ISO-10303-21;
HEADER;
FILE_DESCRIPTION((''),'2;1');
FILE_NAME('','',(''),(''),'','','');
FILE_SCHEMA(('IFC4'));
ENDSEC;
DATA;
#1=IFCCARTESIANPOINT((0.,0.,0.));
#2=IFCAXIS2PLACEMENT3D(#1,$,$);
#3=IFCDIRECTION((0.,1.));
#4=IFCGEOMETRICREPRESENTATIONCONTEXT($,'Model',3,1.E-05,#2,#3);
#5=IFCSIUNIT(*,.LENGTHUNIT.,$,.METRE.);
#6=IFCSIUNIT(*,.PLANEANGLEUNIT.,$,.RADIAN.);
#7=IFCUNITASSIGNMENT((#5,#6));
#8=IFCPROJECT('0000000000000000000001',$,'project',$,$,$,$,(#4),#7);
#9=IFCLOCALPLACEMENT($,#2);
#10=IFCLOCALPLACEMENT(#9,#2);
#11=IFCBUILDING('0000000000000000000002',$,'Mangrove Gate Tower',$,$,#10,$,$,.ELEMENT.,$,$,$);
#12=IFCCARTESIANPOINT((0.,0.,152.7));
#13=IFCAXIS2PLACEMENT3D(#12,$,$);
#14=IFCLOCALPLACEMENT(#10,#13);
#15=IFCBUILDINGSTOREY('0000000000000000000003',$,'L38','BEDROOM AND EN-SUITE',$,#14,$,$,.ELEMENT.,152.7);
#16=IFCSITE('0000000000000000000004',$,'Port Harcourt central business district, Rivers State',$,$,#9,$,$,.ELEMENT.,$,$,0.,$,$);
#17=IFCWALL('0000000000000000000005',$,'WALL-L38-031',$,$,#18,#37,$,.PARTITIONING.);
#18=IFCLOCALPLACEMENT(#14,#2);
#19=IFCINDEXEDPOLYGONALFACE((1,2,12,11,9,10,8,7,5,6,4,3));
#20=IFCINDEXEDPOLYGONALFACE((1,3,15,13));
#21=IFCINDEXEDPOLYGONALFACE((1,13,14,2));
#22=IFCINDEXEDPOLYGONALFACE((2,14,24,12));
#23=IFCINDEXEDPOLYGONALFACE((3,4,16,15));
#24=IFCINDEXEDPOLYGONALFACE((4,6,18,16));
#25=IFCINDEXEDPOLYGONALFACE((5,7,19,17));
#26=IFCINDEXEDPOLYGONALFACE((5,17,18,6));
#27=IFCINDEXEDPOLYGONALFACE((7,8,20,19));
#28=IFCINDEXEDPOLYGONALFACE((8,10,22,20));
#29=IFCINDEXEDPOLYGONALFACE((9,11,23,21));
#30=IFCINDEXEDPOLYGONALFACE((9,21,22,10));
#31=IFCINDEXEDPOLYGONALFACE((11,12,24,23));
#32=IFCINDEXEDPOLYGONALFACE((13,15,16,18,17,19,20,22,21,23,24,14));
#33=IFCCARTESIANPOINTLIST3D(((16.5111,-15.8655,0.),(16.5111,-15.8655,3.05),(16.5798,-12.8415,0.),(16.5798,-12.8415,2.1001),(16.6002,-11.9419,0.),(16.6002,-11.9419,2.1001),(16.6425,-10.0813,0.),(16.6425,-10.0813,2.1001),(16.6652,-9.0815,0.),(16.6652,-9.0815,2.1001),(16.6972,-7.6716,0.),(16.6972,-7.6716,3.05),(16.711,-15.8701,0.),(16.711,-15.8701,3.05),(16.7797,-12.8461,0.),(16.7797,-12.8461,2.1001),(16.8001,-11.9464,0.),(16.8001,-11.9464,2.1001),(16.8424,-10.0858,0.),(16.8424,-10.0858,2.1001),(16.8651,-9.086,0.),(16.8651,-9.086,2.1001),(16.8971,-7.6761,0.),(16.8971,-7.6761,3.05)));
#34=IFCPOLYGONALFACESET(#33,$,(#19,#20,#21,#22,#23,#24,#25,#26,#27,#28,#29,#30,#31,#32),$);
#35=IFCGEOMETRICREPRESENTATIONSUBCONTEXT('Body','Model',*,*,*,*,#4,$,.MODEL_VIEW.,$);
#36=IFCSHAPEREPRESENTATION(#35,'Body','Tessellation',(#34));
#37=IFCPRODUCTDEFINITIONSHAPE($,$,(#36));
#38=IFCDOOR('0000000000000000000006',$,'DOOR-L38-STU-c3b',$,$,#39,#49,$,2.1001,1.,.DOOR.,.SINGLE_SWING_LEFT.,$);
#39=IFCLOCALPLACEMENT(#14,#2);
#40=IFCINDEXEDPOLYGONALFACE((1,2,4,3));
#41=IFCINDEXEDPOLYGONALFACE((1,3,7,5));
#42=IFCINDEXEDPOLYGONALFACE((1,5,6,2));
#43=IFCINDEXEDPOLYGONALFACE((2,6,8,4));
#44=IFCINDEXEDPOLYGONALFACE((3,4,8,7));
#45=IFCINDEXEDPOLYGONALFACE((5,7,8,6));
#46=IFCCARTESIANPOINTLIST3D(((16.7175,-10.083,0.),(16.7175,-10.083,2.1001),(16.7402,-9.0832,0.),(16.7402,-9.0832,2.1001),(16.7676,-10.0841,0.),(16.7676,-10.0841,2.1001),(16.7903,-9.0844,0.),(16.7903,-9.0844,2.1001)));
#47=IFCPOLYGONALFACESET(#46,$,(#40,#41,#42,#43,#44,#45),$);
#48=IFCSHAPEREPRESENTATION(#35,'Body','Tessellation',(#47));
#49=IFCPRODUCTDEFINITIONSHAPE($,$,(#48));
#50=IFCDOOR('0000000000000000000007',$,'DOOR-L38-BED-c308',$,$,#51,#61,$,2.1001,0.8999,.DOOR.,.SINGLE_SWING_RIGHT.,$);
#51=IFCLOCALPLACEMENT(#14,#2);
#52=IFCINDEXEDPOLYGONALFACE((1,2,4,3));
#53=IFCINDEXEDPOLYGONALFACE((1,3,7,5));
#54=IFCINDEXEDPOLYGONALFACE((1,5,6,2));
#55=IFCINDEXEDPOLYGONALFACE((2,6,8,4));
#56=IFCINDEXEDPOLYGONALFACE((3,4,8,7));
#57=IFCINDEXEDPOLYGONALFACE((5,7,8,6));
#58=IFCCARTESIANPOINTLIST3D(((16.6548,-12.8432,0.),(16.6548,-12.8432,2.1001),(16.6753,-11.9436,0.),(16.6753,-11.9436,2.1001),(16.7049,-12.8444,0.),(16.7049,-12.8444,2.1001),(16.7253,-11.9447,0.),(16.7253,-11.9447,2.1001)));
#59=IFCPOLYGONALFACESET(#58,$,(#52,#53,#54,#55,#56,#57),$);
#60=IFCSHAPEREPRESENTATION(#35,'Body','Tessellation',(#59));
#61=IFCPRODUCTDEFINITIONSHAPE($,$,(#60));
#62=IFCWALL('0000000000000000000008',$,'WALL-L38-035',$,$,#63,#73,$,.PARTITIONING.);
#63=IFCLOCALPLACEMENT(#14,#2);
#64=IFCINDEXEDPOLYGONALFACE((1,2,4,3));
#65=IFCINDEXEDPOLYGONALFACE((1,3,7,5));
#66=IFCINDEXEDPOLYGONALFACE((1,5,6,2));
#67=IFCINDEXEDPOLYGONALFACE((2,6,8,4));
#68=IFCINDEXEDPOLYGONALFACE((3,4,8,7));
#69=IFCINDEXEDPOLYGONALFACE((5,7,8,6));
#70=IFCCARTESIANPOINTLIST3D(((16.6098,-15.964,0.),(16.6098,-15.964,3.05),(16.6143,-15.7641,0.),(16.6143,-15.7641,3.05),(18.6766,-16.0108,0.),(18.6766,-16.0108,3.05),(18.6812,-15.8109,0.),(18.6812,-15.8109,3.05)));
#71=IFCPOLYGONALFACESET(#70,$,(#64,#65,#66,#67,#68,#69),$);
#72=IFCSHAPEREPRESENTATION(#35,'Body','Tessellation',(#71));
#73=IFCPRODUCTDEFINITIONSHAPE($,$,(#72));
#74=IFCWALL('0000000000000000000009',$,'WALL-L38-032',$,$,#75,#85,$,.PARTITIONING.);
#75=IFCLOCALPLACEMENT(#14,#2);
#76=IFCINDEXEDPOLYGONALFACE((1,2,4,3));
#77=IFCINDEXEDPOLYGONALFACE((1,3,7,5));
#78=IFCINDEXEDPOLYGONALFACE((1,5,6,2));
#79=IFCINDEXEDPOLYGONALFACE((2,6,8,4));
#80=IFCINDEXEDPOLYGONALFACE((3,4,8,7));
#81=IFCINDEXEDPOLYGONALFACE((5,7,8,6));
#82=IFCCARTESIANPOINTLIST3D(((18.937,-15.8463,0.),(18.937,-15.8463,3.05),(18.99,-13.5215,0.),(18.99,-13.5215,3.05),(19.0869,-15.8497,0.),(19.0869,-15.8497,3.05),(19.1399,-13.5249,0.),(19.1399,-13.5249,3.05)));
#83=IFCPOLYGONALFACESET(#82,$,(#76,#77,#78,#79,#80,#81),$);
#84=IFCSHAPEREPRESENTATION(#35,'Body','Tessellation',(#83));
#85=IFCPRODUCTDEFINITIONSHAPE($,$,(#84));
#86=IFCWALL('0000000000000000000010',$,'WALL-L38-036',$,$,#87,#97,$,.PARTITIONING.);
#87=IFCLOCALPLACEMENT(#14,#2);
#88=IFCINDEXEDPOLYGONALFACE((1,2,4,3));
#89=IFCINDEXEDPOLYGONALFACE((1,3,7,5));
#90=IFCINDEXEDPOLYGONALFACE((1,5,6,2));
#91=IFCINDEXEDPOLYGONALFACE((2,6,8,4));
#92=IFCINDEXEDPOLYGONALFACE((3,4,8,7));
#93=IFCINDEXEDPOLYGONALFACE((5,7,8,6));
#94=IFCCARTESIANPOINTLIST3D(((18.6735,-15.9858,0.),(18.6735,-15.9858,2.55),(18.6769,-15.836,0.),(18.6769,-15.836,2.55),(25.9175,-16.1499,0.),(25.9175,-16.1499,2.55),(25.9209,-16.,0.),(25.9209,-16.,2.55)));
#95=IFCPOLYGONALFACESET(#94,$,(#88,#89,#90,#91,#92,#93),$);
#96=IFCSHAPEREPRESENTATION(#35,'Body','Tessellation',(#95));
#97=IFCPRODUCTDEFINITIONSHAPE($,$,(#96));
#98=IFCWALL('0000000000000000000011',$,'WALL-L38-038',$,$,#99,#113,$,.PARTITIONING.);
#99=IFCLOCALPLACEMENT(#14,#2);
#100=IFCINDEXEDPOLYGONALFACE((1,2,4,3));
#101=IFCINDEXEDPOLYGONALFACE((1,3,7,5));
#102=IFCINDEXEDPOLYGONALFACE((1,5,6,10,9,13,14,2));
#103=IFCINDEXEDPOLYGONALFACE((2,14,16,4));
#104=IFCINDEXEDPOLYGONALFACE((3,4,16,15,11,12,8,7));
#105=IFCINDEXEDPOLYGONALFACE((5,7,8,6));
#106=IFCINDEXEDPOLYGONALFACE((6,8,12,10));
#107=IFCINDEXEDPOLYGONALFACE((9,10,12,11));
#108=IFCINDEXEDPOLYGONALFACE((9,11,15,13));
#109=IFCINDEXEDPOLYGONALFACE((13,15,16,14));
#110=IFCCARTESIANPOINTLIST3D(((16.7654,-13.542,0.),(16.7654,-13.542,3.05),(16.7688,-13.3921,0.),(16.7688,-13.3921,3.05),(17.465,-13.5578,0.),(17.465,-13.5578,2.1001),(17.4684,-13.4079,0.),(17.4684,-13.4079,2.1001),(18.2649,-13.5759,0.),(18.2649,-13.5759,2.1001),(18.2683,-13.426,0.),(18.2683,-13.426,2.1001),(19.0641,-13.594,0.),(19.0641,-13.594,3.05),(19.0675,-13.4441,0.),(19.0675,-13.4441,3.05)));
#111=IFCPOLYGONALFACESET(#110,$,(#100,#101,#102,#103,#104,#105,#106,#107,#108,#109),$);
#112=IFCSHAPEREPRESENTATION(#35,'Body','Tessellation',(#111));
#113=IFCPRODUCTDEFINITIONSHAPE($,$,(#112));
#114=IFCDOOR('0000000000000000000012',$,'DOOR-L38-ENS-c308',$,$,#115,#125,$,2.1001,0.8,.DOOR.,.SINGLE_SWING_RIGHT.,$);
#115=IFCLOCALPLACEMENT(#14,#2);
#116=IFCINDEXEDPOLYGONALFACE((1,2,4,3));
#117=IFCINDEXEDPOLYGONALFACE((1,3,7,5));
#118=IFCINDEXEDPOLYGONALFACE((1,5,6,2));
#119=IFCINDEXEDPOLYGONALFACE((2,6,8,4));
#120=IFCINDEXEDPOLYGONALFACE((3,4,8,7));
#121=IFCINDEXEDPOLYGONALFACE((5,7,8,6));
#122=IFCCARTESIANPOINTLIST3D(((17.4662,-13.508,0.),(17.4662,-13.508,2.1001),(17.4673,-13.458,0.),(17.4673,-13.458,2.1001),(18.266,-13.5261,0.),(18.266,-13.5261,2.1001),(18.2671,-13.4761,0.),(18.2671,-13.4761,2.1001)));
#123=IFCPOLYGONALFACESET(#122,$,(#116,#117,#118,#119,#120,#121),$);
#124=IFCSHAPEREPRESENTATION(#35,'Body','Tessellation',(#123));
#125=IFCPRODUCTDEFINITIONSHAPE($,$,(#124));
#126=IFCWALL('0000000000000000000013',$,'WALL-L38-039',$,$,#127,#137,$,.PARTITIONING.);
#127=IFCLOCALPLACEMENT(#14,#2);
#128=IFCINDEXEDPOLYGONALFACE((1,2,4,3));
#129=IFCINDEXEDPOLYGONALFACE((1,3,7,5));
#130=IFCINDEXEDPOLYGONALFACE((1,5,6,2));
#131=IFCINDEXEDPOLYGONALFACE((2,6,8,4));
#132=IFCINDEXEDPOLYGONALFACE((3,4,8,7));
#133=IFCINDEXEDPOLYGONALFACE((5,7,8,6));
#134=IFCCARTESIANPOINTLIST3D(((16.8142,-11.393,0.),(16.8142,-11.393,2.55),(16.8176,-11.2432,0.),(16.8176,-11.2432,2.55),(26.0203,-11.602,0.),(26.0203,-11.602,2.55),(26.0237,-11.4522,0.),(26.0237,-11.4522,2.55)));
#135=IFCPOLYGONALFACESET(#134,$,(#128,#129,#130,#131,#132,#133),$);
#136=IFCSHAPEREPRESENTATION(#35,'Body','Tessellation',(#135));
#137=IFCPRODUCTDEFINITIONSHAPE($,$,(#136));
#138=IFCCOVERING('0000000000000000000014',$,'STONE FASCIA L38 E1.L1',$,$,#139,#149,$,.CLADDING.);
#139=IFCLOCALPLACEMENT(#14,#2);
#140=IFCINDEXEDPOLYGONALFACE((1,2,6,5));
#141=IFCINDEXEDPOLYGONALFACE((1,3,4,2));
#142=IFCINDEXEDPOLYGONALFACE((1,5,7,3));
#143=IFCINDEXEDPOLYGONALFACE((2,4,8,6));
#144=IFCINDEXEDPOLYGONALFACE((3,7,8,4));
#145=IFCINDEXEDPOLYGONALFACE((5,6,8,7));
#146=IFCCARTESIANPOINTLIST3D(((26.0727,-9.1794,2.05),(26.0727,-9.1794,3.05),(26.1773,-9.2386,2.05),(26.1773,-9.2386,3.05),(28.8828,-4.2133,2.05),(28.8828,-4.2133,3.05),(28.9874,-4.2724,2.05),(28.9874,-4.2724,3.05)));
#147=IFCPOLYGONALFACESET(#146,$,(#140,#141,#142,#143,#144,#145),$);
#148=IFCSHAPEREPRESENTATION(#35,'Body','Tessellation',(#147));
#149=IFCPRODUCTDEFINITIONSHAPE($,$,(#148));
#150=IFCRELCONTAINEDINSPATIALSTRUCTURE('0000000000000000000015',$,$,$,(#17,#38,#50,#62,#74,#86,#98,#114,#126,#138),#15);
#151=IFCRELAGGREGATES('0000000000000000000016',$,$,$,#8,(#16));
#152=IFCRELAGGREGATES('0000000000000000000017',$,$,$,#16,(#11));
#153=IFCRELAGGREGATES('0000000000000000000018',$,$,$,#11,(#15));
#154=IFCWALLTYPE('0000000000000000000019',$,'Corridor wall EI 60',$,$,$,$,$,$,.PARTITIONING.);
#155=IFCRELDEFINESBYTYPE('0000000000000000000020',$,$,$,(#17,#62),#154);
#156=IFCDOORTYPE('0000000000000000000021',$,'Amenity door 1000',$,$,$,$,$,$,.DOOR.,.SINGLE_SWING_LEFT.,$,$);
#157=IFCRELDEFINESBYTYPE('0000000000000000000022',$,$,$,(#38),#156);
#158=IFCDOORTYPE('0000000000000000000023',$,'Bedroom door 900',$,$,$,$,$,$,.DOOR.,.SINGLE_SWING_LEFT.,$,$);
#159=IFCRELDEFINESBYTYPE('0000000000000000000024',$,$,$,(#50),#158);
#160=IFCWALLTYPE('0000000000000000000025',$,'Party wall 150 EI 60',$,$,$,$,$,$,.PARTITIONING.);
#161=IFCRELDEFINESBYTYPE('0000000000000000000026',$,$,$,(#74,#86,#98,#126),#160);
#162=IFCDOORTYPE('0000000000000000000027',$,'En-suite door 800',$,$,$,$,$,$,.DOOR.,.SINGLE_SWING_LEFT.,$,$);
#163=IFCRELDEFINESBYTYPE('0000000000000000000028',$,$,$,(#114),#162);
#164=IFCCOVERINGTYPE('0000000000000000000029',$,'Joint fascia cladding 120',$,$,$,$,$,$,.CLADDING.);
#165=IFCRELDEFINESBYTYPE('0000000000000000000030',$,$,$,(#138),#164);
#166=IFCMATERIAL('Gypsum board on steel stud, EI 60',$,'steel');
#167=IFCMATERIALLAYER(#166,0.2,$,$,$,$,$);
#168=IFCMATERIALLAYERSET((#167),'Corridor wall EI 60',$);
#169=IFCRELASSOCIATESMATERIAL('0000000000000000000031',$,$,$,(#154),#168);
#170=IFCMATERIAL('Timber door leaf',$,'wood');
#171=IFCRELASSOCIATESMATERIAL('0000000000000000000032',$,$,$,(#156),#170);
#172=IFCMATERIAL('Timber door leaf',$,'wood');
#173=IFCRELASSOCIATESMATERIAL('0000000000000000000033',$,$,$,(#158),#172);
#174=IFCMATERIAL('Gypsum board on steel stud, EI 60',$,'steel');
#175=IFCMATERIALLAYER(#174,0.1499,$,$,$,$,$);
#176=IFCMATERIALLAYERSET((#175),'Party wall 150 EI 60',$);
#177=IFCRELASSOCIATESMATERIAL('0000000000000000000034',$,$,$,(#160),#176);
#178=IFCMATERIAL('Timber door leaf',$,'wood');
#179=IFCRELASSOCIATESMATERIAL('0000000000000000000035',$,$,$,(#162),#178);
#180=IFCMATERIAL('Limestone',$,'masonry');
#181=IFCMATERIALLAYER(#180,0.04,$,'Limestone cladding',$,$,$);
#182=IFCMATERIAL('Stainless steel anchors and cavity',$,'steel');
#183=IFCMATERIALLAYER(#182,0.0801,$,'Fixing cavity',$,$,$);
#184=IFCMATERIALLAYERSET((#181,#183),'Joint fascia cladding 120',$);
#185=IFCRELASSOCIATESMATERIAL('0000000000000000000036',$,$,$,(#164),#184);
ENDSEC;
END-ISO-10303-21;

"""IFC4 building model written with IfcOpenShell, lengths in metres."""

from ifc_helpers import new_model, si_unit, direction, frame, frame_2d, origin, place, context, subcontext, project, spatial, rectangle, extrude, material, layer, layer_set, type_object, element, fill, save


model = new_model("IFC4")

# Units and contexts
model_context = context("Model", 3, precision=1e-05, world=origin(), true_north=direction((0.0, 1.0)))
body_context = subcontext(model_context, "Body", "Model", "MODEL_VIEW")
ifc_project = project(units=[si_unit("LENGTHUNIT", "METRE"), si_unit("PLANEANGLEUNIT", "RADIAN")], contexts=[model_context])

# Site, building, storey
site_placement = place(None, origin())
site = spatial("IfcSite", under=ifc_project, at=site_placement, Name="Port Harcourt central business district, Rivers State", CompositionType="ELEMENT", RefElevation=0.0)
building_placement = place(site_placement, origin())
building = spatial("IfcBuilding", under=site, at=building_placement, Name="Mangrove Gate Tower", CompositionType="ELEMENT")
storey_placement = place(building_placement, frame((0.0, 0.0, 152.7)))
storey = spatial("IfcBuildingStorey", under=building, at=storey_placement, Name="L38", Description="BEDROOM AND EN-SUITE", CompositionType="ELEMENT", Elevation=152.7)

# Wall, openings, doors
ifc_material_1 = material(Name="Gypsum board on steel stud, EI 60", Category="steel")
ifc_layer_1 = layer(ifc_material_1, 0.2)
ifc_layer_set_1 = layer_set([ifc_layer_1], Name="Corridor wall EI 60")
wall_type_1 = type_object("IfcWallType", Name="Corridor wall EI 60", PredefinedType="PARTITIONING", material=ifc_layer_set_1)
wall_1_placement = place(storey_placement, frame((16.6111, -15.8679, 0.0), z_axis=(0.0, 0.0, 1.0), x_axis=(0.022698, 0.999742, 0.0)))
wall_1 = element("IfcWall", 1, at=wall_1_placement, inside=storey, type_object=wall_type_1, Name="WALL-L38-031", PredefinedType="PARTITIONING", context=body_context, shape_type="SweptSolid", body=[
    extrude(rectangle(XDim=8.196, YDim=0.2, at=frame_2d((4.0981, 0.0))), origin(), (0.0, 0.0, 1.0), 3.05),
])
opening_1_placement = place(wall_1_placement, frame((3.0249, 0.0, 0.0)))
opening_1 = element("IfcOpeningElement", 2, at=opening_1_placement, cuts=wall_1, PredefinedType="OPENING", context=body_context, shape_type="SweptSolid", body=[
    extrude(rectangle(XDim=0.8999, YDim=2.1001, at=frame_2d((0.45, 1.05))), frame((0.0, 0.1099, 0.0), z_axis=(0.0, -1.0, 0.0), x_axis=(1.0, 0.0, 0.0)), (0.0, 0.0, 1.0), 0.22),
])
opening_2_placement = place(wall_1_placement, frame((5.7859, 0.0, 0.0)))
opening_2 = element("IfcOpeningElement", 3, at=opening_2_placement, cuts=wall_1, PredefinedType="OPENING", context=body_context, shape_type="SweptSolid", body=[
    extrude(rectangle(XDim=1.0, YDim=2.1001, at=frame_2d((0.5, 1.05))), frame((0.0, 0.1099, 0.0), z_axis=(0.0, -1.0, 0.0), x_axis=(1.0, 0.0, 0.0)), (0.0, 0.0, 1.0), 0.22),
])
ifc_material_2 = material(Name="Timber door leaf", Category="wood")
door_type_1 = type_object("IfcDoorType", Name="Amenity door 1000", OperationType="SINGLE_SWING_LEFT", PredefinedType="DOOR", material=ifc_material_2)
door_1_placement = place(opening_2_placement, origin())
door_1 = element("IfcDoor", 4, at=door_1_placement, inside=storey, type_object=door_type_1, Name="DOOR-L38-STU-c3b", OperationType="SINGLE_SWING_LEFT", OverallHeight=2.1001, OverallWidth=1.0, PredefinedType="DOOR", context=body_context, shape_type="SweptSolid", body=[
    extrude(rectangle(XDim=1.0, YDim=2.1001, at=frame_2d((0.5, 1.05))), frame((0.0, 0.0249, 0.0), z_axis=(0.0, -1.0, 0.0), x_axis=(1.0, 0.0, 0.0)), (0.0, 0.0, 1.0), 0.05),
])
fill(opening_2, door_1)
ifc_material_3 = material(Name="Timber door leaf", Category="wood")
door_type_2 = type_object("IfcDoorType", Name="Bedroom door 900", OperationType="SINGLE_SWING_LEFT", PredefinedType="DOOR", material=ifc_material_3)
door_2_placement = place(opening_1_placement, origin())
door_2 = element("IfcDoor", 5, at=door_2_placement, inside=storey, type_object=door_type_2, Name="DOOR-L38-BED-c308", OperationType="SINGLE_SWING_RIGHT", OverallHeight=2.1001, OverallWidth=0.8999, PredefinedType="DOOR", context=body_context, shape_type="SweptSolid", body=[
    extrude(rectangle(XDim=0.8999, YDim=2.1001, at=frame_2d((0.45, 1.05))), frame((0.0, 0.0249, 0.0), z_axis=(0.0, -1.0, 0.0), x_axis=(1.0, 0.0, 0.0)), (0.0, 0.0, 1.0), 0.05),
])
fill(opening_1, door_2)

# Walls
wall_2_placement = place(storey_placement, frame((16.6121, -15.864, 0.0), z_axis=(0.0, 0.0, 1.0), x_axis=(0.999743, -0.022673, 0.0)))
element("IfcWall", 6, at=wall_2_placement, inside=storey, type_object=wall_type_1, Name="WALL-L38-035", PredefinedType="PARTITIONING", context=body_context, shape_type="SweptSolid", body=[
    extrude(rectangle(XDim=2.0674, YDim=0.2, at=frame_2d((1.0337, 0.0))), origin(), (0.0, 0.0, 1.0), 3.05),
])
ifc_material_4 = material(Name="Gypsum board on steel stud, EI 60", Category="steel")
ifc_layer_2 = layer(ifc_material_4, 0.1499)
ifc_layer_set_2 = layer_set([ifc_layer_2], Name="Party wall 150 EI 60")
wall_type_2 = type_object("IfcWallType", Name="Party wall 150 EI 60", PredefinedType="PARTITIONING", material=ifc_layer_set_2)
wall_3_placement = place(storey_placement, frame((19.012, -15.8479, 0.0), z_axis=(0.0, 0.0, 1.0), x_axis=(0.022781, 0.99974, 0.0)))
element("IfcWall", 7, at=wall_3_placement, inside=storey, type_object=wall_type_2, Name="WALL-L38-032", PredefinedType="PARTITIONING", context=body_context, shape_type="SweptSolid", body=[
    extrude(rectangle(XDim=2.3254, YDim=0.1499, at=frame_2d((1.1626, 0.0))), origin(), (0.0, 0.0, 1.0), 3.05),
])
wall_4_placement = place(storey_placement, frame((18.675, -15.9109, 0.0), z_axis=(0.0, 0.0, 1.0), x_axis=(0.999744, -0.022643, 0.0)))
element("IfcWall", 8, at=wall_4_placement, inside=storey, type_object=wall_type_2, Name="WALL-L38-036", PredefinedType="PARTITIONING", context=body_context, shape_type="SweptSolid", body=[
    extrude(rectangle(XDim=7.2458, YDim=0.1499, at=frame_2d((3.623, 0.0))), origin(), (0.0, 0.0, 1.0), 2.55),
])

# Wall, opening, door
wall_5_placement = place(storey_placement, frame((16.7671, -13.467, 0.0), z_axis=(0.0, 0.0, 1.0), x_axis=(0.999744, -0.022615, 0.0)))
wall_5 = element("IfcWall", 9, at=wall_5_placement, inside=storey, type_object=wall_type_2, Name="WALL-L38-038", PredefinedType="PARTITIONING", context=body_context, shape_type="SweptSolid", body=[
    extrude(rectangle(XDim=2.2993, YDim=0.1499, at=frame_2d((1.1497, 0.0))), origin(), (0.0, 0.0, 1.0), 3.05),
])
opening_3_placement = place(wall_5_placement, frame((0.7, 0.0, 0.0)))
opening_3 = element("IfcOpeningElement", 10, at=opening_3_placement, cuts=wall_5, PredefinedType="OPENING", context=body_context, shape_type="SweptSolid", body=[
    extrude(rectangle(XDim=0.8, YDim=2.1001, at=frame_2d((0.3999, 1.05))), frame((0.0, 0.085, 0.0), z_axis=(0.0, -1.0, 0.0), x_axis=(1.0, 0.0, 0.0)), (0.0, 0.0, 1.0), 0.1699),
])
ifc_material_5 = material(Name="Timber door leaf", Category="wood")
door_type_3 = type_object("IfcDoorType", Name="En-suite door 800", OperationType="SINGLE_SWING_LEFT", PredefinedType="DOOR", material=ifc_material_5)
door_3_placement = place(opening_3_placement, origin())
door_3 = element("IfcDoor", 11, at=door_3_placement, inside=storey, type_object=door_type_3, Name="DOOR-L38-ENS-c308", OperationType="SINGLE_SWING_RIGHT", OverallHeight=2.1001, OverallWidth=0.8, PredefinedType="DOOR", context=body_context, shape_type="SweptSolid", body=[
    extrude(rectangle(XDim=0.8, YDim=2.1001, at=frame_2d((0.3999, 1.05))), frame((0.0, 0.0249, 0.0), z_axis=(0.0, -1.0, 0.0), x_axis=(1.0, 0.0, 0.0)), (0.0, 0.0, 1.0), 0.05),
])
fill(opening_3, door_3)

# Wall
wall_6_placement = place(storey_placement, frame((16.8159, -11.3181, 0.0), z_axis=(0.0, 0.0, 1.0), x_axis=(0.999742, -0.022695, 0.0)))
element("IfcWall", 12, at=wall_6_placement, inside=storey, type_object=wall_type_2, Name="WALL-L38-039", PredefinedType="PARTITIONING", context=body_context, shape_type="SweptSolid", body=[
    extrude(rectangle(XDim=9.2085, YDim=0.1499, at=frame_2d((4.6042, 0.0))), origin(), (0.0, 0.0, 1.0), 2.55),
])

# Covering
ifc_material_6 = material(Name="Limestone", Category="masonry")
ifc_layer_3 = layer(ifc_material_6, 0.04, Name="Limestone cladding")
ifc_material_7 = material(Name="Stainless steel anchors and cavity", Category="steel")
ifc_layer_4 = layer(ifc_material_7, 0.0801, Name="Fixing cavity")
ifc_layer_set_3 = layer_set([ifc_layer_3, ifc_layer_4], Name="Joint fascia cladding 120")
covering_type = type_object("IfcCoveringType", Name="Joint fascia cladding 120", PredefinedType="CLADDING", material=ifc_layer_set_3)
covering_placement = place(storey_placement, frame((26.125, -9.209, 2.05), z_axis=(0.0, 0.0, 1.0), x_axis=(0.492476, 0.870326, 0.0)))
element("IfcCovering", 13, at=covering_placement, inside=storey, type_object=covering_type, Name="STONE FASCIA L38 E1.L1", PredefinedType="CLADDING", context=body_context, shape_type="SweptSolid", body=[
    extrude(rectangle(XDim=5.7061, YDim=0.1201, at=frame_2d((2.853, 0.0))), origin(), (0.0, 0.0, 1.0), 1.0),
])

save(model, "model.ifc")
